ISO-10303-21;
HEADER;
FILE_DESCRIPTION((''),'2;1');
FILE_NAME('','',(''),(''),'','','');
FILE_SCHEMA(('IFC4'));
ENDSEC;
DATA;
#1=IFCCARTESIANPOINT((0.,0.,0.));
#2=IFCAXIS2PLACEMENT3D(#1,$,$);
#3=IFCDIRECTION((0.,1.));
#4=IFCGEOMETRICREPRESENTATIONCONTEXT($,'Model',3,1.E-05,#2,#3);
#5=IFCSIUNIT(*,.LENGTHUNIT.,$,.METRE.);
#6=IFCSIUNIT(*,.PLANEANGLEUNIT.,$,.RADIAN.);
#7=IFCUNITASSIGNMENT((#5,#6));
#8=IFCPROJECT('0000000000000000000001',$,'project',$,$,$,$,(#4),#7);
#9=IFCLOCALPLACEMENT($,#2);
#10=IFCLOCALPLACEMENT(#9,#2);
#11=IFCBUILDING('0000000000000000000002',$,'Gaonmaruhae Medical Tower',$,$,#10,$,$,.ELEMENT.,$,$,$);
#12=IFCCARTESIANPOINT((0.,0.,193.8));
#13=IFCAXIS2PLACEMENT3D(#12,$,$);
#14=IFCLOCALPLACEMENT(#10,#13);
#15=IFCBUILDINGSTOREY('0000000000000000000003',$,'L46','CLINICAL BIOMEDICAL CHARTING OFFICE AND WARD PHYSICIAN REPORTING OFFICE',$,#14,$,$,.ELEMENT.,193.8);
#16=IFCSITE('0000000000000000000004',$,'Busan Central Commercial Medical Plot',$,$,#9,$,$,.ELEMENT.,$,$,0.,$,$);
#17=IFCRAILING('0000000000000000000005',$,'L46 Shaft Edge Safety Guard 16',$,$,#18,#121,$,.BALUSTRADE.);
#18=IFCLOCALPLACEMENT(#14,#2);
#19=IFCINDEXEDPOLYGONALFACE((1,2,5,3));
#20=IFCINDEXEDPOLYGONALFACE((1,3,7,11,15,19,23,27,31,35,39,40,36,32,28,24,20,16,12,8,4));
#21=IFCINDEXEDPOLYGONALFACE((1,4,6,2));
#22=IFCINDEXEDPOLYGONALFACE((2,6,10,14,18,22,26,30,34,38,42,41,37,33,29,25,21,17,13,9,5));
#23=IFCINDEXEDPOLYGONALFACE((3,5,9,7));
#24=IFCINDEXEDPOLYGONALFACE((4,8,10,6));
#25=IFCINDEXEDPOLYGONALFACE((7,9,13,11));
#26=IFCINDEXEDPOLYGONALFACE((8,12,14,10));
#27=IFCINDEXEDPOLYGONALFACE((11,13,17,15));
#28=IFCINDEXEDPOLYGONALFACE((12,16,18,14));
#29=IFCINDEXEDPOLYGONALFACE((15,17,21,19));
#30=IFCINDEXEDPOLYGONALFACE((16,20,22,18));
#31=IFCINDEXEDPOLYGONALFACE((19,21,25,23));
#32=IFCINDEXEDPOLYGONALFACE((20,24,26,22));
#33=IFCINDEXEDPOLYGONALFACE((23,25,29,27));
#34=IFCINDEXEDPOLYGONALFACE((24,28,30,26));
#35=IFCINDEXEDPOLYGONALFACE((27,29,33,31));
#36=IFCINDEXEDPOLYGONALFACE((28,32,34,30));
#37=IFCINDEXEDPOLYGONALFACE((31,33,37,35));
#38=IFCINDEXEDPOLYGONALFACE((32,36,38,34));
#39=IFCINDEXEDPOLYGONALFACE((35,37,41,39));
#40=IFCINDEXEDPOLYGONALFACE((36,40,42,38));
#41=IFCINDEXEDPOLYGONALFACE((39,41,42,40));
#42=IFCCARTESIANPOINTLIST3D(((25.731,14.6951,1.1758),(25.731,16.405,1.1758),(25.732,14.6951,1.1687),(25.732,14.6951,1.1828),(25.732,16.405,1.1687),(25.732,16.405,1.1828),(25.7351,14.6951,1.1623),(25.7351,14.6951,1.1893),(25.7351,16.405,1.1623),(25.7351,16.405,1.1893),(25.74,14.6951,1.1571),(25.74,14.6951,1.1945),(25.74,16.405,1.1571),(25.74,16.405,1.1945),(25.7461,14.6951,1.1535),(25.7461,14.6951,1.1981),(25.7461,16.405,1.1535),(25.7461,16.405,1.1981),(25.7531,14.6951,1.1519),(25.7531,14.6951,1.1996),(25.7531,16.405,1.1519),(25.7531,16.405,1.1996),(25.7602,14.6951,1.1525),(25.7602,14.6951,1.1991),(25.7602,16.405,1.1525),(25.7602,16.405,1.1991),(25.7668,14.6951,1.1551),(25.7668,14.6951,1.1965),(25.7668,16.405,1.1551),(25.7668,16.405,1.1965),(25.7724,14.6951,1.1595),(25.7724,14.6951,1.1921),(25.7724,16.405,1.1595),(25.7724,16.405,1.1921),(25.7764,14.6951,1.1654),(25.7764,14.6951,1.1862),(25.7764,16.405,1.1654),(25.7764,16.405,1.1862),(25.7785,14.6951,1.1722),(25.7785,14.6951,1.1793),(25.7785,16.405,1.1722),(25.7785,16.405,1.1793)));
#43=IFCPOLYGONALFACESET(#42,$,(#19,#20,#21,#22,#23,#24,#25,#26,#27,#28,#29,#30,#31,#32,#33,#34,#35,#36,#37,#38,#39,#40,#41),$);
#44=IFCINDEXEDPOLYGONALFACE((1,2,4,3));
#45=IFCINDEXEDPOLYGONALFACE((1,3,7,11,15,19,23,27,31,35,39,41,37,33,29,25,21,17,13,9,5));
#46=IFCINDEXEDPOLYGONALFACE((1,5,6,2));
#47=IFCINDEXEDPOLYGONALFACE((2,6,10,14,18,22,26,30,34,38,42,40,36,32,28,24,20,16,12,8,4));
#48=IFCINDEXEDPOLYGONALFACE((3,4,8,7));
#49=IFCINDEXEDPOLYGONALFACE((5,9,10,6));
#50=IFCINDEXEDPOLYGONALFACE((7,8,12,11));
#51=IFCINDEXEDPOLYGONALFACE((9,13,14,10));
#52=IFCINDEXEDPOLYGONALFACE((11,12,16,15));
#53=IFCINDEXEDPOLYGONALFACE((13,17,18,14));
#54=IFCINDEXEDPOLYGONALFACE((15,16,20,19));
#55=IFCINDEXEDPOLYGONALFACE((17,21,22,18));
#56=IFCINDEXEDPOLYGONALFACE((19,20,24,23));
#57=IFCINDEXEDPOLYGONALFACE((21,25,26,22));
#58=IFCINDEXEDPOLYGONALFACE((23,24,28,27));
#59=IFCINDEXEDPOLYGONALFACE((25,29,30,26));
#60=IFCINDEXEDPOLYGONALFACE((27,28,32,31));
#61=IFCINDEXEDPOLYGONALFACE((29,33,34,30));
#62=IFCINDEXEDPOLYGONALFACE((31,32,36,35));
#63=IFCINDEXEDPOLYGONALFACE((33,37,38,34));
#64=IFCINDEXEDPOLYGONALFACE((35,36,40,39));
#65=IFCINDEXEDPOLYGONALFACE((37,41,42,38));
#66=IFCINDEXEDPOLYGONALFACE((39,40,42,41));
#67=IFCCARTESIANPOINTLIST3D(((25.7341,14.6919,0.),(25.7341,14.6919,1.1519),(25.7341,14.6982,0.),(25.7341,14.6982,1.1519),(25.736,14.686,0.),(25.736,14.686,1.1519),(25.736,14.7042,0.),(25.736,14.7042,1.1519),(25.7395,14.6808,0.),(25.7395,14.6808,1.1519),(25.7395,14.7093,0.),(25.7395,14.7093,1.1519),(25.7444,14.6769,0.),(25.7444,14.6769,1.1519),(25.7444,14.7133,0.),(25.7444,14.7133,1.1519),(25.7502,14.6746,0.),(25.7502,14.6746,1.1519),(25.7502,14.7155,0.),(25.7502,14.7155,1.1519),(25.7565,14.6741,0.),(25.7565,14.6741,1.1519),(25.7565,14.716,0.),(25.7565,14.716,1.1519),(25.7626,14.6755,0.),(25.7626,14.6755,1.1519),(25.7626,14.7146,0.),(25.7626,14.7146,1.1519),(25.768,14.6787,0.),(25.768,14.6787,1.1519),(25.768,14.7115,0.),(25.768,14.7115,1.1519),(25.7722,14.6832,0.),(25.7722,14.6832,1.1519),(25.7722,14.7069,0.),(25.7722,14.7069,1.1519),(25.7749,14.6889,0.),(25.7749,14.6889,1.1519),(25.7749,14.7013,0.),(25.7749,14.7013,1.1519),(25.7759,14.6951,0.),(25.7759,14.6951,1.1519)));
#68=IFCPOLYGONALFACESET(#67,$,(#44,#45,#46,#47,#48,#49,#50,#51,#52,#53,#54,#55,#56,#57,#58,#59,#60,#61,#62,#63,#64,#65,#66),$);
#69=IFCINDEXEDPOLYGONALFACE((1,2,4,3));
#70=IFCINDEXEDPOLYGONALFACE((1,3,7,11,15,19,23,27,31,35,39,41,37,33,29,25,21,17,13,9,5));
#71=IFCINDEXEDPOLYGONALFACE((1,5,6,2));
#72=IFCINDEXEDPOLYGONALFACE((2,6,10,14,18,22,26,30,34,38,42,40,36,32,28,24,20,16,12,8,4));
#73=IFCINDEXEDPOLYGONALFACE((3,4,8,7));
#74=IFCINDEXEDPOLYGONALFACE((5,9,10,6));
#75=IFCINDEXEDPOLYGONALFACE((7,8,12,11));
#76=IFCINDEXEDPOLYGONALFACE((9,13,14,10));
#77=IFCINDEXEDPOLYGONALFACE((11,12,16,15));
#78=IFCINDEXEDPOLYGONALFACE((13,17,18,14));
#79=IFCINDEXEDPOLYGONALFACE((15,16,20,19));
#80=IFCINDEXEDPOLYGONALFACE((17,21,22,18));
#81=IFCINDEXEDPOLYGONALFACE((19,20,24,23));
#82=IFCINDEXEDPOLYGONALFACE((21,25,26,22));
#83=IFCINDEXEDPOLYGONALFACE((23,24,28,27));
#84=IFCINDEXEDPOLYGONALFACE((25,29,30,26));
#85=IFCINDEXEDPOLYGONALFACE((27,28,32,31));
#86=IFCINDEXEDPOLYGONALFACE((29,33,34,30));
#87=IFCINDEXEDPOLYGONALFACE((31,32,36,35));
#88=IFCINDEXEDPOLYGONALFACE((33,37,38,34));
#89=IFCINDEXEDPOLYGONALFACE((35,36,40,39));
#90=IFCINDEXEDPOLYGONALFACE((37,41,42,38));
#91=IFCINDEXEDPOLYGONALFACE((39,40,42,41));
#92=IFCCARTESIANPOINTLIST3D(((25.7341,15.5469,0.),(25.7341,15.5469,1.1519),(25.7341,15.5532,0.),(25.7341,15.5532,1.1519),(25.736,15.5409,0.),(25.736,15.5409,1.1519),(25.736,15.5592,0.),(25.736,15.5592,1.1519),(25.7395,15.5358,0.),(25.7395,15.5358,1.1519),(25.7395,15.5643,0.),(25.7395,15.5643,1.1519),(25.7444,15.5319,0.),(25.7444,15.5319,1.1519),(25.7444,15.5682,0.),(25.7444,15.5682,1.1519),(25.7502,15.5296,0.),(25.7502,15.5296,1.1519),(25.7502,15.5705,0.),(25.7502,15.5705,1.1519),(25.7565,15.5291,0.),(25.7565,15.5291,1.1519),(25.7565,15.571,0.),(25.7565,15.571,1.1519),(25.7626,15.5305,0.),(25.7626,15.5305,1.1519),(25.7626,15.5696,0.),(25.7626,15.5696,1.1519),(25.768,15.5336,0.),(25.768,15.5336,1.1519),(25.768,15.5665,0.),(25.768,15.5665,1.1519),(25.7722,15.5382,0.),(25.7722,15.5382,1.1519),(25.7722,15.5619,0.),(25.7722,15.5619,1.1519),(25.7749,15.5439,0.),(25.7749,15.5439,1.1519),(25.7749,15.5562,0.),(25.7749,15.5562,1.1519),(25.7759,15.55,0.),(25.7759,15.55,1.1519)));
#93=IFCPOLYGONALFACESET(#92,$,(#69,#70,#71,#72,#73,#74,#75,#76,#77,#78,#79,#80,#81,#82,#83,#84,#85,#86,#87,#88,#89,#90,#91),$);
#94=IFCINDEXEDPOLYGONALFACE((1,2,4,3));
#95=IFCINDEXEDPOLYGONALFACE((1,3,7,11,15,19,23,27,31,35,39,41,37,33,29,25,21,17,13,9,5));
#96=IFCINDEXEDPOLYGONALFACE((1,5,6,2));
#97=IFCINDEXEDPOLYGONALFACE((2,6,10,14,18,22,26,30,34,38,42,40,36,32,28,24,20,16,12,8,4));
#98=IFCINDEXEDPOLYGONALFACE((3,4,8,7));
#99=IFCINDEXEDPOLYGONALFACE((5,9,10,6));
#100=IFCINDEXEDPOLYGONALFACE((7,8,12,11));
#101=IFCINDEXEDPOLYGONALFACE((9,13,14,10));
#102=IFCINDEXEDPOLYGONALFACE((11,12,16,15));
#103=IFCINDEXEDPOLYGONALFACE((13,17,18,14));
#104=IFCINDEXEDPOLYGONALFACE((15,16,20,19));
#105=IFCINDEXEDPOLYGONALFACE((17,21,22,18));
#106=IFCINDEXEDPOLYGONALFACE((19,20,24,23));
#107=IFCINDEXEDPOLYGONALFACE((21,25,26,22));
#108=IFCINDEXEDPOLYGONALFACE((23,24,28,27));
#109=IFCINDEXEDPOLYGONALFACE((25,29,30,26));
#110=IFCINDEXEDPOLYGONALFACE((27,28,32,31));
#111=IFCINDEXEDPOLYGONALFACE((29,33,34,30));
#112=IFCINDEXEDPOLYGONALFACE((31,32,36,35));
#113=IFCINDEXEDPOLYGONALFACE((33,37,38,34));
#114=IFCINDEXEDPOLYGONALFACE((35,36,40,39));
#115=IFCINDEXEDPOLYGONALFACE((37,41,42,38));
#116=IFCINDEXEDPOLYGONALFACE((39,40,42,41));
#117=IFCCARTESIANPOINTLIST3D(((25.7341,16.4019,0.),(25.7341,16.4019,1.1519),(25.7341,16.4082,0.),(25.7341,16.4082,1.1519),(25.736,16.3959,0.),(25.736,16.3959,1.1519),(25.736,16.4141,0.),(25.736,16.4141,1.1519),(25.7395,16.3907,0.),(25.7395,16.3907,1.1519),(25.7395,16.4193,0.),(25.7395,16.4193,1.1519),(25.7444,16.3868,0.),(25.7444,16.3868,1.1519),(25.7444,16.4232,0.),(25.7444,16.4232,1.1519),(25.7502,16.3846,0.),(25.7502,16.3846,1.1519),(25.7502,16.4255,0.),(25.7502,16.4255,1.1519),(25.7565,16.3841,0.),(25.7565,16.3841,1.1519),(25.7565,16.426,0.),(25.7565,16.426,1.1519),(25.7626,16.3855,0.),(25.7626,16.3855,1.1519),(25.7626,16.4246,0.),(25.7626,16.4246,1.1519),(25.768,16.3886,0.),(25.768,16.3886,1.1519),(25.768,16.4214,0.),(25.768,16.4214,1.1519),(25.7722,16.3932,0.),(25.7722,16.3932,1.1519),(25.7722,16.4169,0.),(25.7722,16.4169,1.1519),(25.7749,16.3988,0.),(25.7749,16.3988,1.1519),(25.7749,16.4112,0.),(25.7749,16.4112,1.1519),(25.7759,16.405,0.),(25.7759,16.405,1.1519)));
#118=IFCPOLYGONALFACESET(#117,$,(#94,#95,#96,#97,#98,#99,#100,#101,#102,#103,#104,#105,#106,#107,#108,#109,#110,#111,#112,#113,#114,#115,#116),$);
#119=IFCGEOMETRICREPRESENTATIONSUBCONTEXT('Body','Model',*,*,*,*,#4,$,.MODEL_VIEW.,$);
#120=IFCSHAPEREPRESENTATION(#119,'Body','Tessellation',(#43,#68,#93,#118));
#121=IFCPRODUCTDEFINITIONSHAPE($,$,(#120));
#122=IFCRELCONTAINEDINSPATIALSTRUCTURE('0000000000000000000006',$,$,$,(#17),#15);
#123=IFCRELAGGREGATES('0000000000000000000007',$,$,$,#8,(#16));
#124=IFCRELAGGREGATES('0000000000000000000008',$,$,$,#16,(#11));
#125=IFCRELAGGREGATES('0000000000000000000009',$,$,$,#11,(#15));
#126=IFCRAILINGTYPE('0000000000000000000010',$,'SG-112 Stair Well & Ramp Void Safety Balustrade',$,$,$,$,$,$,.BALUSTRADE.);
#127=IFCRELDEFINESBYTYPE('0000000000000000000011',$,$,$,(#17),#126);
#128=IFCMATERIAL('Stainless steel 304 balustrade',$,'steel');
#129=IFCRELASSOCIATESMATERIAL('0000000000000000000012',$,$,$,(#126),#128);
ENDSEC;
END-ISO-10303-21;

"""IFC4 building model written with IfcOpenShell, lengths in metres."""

from ifc_helpers import new_model, si_unit, direction, frame, origin, origin_2d, place, context, subcontext, project, spatial, circle, extrude, material, type_object, element, save


model = new_model("IFC4")

# Units and contexts
model_context = context("Model", 3, precision=1e-05, world=origin(), true_north=direction((0.0, 1.0)))
body_context = subcontext(model_context, "Body", "Model", "MODEL_VIEW")
ifc_project = project(units=[si_unit("LENGTHUNIT", "METRE"), si_unit("PLANEANGLEUNIT", "RADIAN")], contexts=[model_context])

# Site, building, storey
site_placement = place(None, origin())
site = spatial("IfcSite", under=ifc_project, at=site_placement, Name="Busan Central Commercial Medical Plot", CompositionType="ELEMENT", RefElevation=0.0)
building_placement = place(site_placement, origin())
building = spatial("IfcBuilding", under=site, at=building_placement, Name="Gaonmaruhae Medical Tower", CompositionType="ELEMENT")
storey_placement = place(building_placement, frame((0.0, 0.0, 193.8)))
storey = spatial("IfcBuildingStorey", under=building, at=storey_placement, Name="L46", Description="CLINICAL BIOMEDICAL CHARTING OFFICE AND WARD PHYSICIAN REPORTING OFFICE", CompositionType="ELEMENT", Elevation=193.8)

# Railing
ifc_material_1 = material(Name="Stainless steel 304 balustrade", Category="steel")
railing_type = type_object("IfcRailingType", Name="SG-112 Stair Well & Ramp Void Safety Balustrade", PredefinedType="BALUSTRADE", material=ifc_material_1)
railing_1_placement = place(storey_placement, frame((25.7549, 14.6951, 0.0)))
element("IfcRailing", 1, at=railing_1_placement, inside=storey, type_object=railing_type, Name="L46 Shaft Edge Safety Guard 16", PredefinedType="BALUSTRADE", context=body_context, shape_type="SweptSolid", body=[
    extrude(circle(Radius=0.0239, at=origin_2d()), frame((0.0, 0.0, 1.1758), z_axis=(0.0, 1.0, 0.0), x_axis=(-1.0, 0.0, 0.0)), (0.0, 0.0, 1.0), 1.71),
    extrude(circle(Radius=0.021, at=origin_2d()), origin(), (0.0, 0.0, 1.0), 1.1519),
    extrude(circle(Radius=0.021, at=origin_2d()), frame((0.0, 0.855, 0.0)), (0.0, 0.0, 1.0), 1.1519),
    extrude(circle(Radius=0.021, at=origin_2d()), frame((0.0, 1.71, 0.0)), (0.0, 0.0, 1.0), 1.1519),
])

save(model, "model.ifc")
